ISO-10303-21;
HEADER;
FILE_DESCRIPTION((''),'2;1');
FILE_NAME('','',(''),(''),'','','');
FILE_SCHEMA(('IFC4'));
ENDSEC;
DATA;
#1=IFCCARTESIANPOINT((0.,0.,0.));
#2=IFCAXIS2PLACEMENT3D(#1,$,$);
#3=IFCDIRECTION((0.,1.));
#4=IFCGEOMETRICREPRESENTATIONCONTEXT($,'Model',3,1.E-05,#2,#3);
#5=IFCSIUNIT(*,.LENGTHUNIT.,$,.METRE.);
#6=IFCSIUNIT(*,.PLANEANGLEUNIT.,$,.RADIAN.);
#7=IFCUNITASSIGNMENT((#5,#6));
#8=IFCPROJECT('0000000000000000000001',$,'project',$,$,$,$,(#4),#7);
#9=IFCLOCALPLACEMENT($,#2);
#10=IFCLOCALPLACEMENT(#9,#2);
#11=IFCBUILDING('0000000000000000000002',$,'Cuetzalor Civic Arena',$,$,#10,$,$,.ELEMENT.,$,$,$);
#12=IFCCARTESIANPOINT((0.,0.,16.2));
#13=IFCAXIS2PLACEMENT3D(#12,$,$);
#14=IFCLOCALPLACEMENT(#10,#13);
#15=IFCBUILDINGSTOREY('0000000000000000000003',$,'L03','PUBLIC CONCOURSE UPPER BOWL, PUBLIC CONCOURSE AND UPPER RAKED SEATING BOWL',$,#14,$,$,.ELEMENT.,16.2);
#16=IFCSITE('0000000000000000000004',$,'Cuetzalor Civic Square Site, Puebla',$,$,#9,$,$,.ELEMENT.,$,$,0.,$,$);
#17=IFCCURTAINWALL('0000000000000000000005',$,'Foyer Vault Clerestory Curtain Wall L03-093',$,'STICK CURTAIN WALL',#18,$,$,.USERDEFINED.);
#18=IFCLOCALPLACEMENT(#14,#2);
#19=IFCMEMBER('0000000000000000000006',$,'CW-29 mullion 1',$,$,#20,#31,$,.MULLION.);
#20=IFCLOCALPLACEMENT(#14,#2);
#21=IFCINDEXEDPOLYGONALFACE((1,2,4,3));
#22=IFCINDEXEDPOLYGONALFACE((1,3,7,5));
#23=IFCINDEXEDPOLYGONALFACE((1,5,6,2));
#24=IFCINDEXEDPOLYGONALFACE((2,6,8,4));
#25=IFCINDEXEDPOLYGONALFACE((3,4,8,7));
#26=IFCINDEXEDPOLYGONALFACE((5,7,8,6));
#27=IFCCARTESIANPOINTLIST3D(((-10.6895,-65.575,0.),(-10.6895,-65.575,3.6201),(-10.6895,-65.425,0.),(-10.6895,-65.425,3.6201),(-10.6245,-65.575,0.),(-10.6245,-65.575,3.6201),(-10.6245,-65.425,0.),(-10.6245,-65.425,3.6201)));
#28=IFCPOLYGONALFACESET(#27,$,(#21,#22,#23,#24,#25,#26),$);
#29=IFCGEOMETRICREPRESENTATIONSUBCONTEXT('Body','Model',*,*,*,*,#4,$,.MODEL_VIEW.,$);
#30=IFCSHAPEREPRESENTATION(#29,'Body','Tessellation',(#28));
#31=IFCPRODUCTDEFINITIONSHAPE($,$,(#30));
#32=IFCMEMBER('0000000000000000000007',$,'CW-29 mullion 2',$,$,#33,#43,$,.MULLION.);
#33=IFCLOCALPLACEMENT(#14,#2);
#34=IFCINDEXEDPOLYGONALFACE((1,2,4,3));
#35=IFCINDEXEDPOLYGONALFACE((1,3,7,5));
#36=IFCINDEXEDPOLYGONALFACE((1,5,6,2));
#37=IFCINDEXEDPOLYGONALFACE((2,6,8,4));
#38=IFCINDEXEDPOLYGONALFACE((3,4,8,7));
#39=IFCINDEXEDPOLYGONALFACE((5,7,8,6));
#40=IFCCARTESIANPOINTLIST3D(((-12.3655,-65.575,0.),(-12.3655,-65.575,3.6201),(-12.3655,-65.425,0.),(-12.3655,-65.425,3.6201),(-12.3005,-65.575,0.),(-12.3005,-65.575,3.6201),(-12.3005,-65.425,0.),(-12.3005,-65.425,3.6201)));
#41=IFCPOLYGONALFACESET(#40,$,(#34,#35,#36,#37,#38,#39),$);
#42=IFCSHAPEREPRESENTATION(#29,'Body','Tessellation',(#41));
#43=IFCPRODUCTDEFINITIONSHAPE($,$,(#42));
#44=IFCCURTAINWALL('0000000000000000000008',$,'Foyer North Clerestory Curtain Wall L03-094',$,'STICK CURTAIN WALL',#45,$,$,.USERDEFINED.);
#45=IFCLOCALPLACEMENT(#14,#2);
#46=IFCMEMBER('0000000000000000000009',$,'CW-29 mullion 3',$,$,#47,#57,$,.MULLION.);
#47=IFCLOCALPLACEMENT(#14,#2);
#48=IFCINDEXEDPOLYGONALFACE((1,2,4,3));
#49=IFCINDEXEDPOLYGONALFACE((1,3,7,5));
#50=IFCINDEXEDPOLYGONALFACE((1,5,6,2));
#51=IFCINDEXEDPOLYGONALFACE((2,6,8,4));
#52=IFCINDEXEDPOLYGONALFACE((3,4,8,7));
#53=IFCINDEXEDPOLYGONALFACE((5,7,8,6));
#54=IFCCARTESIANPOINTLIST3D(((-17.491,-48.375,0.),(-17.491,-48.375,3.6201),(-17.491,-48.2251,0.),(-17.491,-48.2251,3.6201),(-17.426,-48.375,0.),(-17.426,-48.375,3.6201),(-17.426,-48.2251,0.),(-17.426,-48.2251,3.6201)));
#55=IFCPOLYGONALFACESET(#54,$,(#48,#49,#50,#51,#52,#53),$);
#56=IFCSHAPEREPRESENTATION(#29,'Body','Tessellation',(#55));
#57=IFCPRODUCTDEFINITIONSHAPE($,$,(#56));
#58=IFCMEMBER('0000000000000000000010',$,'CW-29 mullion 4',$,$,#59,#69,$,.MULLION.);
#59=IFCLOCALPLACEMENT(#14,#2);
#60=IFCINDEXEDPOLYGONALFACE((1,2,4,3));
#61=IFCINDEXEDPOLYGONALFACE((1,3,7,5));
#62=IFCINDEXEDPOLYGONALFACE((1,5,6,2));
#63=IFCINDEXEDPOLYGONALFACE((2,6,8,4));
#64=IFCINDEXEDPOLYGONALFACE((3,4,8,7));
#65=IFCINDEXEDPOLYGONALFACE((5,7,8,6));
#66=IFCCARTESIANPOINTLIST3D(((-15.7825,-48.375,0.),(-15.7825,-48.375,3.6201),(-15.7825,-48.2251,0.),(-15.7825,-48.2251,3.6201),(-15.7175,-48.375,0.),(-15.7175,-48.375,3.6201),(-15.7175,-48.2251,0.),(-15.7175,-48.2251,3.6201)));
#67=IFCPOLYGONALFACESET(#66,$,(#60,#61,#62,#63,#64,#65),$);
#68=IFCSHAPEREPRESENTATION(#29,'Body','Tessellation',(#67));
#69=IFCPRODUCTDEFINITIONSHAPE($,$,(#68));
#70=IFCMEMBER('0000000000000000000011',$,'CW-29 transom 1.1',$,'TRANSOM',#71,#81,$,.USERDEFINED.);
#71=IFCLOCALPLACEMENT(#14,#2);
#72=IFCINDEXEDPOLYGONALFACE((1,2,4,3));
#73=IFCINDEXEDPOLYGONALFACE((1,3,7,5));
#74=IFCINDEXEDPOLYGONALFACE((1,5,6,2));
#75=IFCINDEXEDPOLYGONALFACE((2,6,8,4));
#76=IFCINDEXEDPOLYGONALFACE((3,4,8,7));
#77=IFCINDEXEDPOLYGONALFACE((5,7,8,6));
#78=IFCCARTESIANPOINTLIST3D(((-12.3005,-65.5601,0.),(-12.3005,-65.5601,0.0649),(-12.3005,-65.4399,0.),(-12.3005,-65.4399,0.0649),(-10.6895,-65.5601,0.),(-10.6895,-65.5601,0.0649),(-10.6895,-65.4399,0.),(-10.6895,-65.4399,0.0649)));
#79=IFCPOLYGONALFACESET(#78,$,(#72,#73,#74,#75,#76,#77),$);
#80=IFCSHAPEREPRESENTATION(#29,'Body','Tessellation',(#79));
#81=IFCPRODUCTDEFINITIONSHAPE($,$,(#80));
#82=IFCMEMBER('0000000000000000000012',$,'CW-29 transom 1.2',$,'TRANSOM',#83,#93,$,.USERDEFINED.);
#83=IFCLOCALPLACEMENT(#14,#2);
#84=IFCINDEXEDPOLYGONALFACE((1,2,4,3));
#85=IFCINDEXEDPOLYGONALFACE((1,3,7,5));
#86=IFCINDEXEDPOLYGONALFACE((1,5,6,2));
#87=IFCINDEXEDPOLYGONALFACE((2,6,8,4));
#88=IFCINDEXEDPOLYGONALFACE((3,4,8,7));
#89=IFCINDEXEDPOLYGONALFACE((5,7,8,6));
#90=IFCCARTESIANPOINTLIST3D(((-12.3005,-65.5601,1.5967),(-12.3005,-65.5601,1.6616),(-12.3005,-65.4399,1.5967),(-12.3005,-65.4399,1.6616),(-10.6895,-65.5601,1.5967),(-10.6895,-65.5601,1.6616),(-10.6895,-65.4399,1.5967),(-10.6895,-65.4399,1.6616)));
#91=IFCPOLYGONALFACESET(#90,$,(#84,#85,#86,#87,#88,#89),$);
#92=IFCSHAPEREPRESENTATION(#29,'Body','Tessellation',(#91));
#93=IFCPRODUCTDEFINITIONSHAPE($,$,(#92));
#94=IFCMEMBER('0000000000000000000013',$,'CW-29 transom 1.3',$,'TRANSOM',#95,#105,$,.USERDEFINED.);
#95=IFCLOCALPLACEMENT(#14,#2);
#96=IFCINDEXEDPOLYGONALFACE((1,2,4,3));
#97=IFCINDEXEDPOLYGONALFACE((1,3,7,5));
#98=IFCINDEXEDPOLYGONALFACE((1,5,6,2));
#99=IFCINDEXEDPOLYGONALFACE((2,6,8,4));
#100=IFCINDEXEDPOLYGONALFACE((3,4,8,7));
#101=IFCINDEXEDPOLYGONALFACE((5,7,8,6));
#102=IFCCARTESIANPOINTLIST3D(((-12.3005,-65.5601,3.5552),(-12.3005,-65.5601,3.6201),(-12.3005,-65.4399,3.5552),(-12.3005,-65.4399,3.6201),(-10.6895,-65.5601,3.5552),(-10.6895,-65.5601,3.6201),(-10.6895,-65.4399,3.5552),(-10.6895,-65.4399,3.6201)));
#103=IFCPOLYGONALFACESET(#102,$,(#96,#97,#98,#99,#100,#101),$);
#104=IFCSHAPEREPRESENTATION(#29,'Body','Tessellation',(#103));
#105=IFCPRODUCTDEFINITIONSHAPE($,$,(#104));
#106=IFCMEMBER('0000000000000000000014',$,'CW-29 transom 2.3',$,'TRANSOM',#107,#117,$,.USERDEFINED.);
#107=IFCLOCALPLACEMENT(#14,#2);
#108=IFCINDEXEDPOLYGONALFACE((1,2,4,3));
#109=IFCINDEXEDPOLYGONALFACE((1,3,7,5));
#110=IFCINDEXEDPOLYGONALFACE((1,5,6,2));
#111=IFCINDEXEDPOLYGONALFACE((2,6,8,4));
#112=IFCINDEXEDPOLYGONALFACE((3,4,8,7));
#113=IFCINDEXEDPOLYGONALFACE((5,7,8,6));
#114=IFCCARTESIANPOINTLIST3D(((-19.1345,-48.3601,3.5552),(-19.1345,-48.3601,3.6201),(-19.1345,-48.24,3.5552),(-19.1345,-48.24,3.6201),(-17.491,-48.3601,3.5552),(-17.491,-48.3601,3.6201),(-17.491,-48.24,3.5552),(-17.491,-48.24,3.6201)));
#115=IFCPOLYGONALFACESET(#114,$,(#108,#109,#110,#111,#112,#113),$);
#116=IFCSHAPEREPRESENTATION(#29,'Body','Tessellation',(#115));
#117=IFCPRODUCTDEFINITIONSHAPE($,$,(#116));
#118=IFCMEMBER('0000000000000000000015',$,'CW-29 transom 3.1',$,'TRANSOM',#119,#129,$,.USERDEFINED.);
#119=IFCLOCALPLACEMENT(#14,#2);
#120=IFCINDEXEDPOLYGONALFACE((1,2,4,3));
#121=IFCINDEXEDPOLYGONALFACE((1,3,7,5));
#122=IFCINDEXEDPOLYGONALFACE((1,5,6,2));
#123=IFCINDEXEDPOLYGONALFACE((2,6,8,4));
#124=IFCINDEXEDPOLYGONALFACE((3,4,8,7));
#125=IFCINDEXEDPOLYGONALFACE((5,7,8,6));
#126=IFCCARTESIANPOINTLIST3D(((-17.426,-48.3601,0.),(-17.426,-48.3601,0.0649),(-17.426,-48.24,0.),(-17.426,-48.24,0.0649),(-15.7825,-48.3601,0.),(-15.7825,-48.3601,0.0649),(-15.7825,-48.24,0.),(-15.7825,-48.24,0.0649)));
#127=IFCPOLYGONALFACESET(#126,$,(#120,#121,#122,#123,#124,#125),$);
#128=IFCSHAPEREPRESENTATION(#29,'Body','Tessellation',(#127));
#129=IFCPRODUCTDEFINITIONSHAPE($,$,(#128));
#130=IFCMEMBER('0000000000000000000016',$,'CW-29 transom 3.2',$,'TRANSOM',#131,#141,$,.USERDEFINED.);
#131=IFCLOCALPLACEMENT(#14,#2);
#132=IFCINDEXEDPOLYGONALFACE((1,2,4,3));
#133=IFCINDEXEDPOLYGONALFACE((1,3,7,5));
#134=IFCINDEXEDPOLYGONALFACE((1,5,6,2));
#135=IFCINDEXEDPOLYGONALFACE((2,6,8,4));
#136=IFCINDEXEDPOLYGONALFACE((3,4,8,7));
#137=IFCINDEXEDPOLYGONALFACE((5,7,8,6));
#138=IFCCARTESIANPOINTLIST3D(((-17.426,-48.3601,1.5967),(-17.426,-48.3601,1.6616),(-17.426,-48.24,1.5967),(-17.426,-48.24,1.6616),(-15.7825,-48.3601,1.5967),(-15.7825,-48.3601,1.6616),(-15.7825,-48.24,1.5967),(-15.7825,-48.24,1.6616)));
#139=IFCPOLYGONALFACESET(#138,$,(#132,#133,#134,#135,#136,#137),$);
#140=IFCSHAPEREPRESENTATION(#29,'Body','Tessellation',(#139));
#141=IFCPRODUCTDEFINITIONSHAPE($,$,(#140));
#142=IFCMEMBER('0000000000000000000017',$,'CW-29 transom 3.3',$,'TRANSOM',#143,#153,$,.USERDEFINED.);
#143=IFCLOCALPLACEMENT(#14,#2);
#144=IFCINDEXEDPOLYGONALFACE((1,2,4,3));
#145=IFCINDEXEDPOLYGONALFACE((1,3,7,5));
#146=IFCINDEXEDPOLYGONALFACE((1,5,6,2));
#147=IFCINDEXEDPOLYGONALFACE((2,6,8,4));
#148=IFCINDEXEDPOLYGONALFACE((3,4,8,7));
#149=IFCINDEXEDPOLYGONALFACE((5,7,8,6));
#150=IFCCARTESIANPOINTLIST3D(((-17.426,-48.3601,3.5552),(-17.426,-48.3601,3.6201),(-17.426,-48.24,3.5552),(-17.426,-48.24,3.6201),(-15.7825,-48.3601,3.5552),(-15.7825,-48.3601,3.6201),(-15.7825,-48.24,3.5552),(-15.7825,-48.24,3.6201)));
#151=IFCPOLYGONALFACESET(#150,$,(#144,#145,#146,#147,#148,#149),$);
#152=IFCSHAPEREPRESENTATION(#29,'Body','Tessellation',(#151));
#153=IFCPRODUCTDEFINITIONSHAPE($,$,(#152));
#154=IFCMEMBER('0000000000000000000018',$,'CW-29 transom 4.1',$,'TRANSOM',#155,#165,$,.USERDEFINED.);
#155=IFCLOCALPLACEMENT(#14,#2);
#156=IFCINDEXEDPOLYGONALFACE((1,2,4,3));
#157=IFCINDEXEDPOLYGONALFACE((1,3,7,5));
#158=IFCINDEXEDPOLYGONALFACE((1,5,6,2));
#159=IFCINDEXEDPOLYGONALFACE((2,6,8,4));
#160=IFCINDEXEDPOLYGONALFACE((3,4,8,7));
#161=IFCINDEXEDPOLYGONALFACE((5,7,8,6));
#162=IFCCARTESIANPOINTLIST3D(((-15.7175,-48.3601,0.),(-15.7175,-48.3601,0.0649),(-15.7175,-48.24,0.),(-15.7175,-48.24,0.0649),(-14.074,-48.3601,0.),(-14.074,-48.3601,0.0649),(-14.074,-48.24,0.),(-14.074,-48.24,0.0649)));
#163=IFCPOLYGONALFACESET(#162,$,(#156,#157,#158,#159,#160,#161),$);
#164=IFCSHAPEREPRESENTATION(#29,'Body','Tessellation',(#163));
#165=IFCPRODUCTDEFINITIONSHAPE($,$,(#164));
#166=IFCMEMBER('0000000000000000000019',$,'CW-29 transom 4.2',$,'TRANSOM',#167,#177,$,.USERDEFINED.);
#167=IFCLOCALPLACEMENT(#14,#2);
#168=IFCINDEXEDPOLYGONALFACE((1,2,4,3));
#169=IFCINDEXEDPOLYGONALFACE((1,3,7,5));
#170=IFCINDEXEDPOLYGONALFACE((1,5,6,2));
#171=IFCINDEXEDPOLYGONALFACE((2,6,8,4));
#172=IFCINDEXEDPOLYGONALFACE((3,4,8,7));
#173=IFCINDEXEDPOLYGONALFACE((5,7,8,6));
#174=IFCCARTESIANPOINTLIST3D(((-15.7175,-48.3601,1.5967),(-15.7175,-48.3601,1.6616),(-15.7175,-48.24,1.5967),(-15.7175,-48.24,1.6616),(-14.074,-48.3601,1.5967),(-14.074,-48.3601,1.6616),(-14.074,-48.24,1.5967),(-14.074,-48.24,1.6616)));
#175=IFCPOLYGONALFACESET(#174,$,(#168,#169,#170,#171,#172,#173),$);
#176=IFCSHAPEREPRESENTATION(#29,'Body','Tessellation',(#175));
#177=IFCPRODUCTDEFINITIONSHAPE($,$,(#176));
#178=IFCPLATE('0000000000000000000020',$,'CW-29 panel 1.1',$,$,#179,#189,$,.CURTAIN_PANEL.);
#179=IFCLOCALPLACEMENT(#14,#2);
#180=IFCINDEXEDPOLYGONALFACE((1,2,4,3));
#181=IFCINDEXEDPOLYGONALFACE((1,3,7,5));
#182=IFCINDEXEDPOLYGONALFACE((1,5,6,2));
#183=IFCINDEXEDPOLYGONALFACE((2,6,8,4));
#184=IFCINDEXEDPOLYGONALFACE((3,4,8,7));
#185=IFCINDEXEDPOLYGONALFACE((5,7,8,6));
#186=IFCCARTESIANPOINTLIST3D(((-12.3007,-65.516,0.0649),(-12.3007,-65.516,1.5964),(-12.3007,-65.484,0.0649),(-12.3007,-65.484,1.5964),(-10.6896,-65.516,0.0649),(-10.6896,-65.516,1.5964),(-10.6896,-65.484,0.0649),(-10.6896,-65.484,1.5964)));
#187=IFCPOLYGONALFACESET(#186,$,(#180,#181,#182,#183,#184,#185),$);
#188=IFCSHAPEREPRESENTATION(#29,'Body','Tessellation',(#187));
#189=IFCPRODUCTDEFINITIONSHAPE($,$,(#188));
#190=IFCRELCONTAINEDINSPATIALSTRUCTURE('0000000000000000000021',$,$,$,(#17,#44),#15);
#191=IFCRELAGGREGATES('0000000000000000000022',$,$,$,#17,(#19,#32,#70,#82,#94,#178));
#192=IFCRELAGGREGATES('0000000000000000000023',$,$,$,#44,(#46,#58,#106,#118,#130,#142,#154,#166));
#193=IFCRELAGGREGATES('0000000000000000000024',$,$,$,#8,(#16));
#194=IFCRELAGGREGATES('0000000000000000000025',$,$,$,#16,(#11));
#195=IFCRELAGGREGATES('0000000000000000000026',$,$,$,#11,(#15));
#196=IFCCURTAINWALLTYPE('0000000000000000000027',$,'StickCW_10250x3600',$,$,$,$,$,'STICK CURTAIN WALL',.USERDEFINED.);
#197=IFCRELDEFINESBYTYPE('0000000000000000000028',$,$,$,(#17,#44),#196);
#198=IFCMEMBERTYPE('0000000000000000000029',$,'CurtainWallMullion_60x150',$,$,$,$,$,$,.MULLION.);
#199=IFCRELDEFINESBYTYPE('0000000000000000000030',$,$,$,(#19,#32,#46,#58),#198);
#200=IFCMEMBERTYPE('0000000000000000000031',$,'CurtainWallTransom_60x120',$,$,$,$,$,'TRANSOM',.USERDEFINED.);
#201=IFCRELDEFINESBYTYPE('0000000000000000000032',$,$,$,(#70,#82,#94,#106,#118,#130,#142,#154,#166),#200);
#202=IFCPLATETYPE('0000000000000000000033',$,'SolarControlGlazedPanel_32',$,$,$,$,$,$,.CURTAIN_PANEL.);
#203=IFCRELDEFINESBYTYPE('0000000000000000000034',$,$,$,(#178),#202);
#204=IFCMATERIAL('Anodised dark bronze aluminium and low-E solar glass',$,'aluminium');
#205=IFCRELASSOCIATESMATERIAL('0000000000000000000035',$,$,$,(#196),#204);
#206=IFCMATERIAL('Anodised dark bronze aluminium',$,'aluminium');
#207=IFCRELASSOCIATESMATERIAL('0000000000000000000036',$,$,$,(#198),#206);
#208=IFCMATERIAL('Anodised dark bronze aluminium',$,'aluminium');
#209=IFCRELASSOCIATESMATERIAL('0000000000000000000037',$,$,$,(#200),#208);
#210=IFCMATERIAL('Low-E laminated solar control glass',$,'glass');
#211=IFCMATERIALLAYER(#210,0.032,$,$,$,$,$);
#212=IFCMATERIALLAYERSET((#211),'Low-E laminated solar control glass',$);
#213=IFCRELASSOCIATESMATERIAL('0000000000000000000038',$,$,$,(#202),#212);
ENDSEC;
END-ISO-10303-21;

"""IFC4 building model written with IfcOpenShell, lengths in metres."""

from ifc_helpers import new_model, si_unit, direction, frame, origin, origin_2d, place, context, subcontext, project, spatial, rectangle, extrude, material, layer, layer_set, material_profile, profile_set, type_object, element, aggregate, save


model = new_model("IFC4")

# Units and contexts
model_context = context("Model", 3, precision=1e-05, world=origin(), true_north=direction((0.0, 1.0)))
body_context = subcontext(model_context, "Body", "Model", "MODEL_VIEW")
ifc_project = project(units=[si_unit("LENGTHUNIT", "METRE"), si_unit("PLANEANGLEUNIT", "RADIAN")], contexts=[model_context])

# Site, building, storey
site_placement = place(None, origin())
site = spatial("IfcSite", under=ifc_project, at=site_placement, Name="Cuetzalor Civic Square Site, Puebla", CompositionType="ELEMENT", RefElevation=0.0)
building_placement = place(site_placement, origin())
building = spatial("IfcBuilding", under=site, at=building_placement, Name="Cuetzalor Civic Arena", CompositionType="ELEMENT")
storey_placement = place(building_placement, frame((0.0, 0.0, 16.2)))
storey = spatial("IfcBuildingStorey", under=building, at=storey_placement, Name="L03", Description="PUBLIC CONCOURSE UPPER BOWL, PUBLIC CONCOURSE AND UPPER RAKED SEATING BOWL", CompositionType="ELEMENT", Elevation=16.2)

# Curtain walls, members
ifc_material_1 = material(Name="Anodised dark bronze aluminium and low-E solar glass", Category="aluminium")
curtain_wall_type = type_object("IfcCurtainWallType", Name="StickCW_10250x3600", ElementType="STICK CURTAIN WALL", PredefinedType="USERDEFINED", material=ifc_material_1)
curtain_wall_1_placement = place(storey_placement, origin())
curtain_wall_1 = element("IfcCurtainWall", 1, at=curtain_wall_1_placement, inside=storey, type_object=curtain_wall_type, Name="Foyer Vault Clerestory Curtain Wall L03-093", ObjectType="STICK CURTAIN WALL", PredefinedType="USERDEFINED")
ifc_material_2 = material(Name="Anodised dark bronze aluminium", Category="aluminium")
ifc_material_profile_1 = material_profile(ifc_material_2, rectangle(XDim=0.0649, YDim=0.1499, at=origin_2d()), Name="ALU MULLION 65x150")
ifc_profile_set_1 = profile_set([ifc_material_profile_1], Name="Anodised dark bronze aluminium")
member_type_1 = type_object("IfcMemberType", Name="CurtainWallMullion_60x150", PredefinedType="MULLION", material=ifc_profile_set_1)
member_1_placement = place(storey_placement, frame((-10.657, -65.5, 0.0), z_axis=(0.0, 0.0, 1.0), x_axis=(-1.0, 0.0, 0.0)))
member_1 = element("IfcMember", 2, at=member_1_placement, type_object=member_type_1, Name="CW-29 mullion 1", PredefinedType="MULLION", context=body_context, shape_type="SweptSolid", body=[
    extrude(rectangle(XDim=0.0649, YDim=0.1499, at=origin_2d()), origin(), (0.0, 0.0, 1.0), 3.6201),
])
member_2_placement = place(storey_placement, frame((-12.333, -65.5, 0.0), z_axis=(0.0, 0.0, 1.0), x_axis=(-1.0, 0.0, 0.0)))
member_2 = element("IfcMember", 3, at=member_2_placement, type_object=member_type_1, Name="CW-29 mullion 2", PredefinedType="MULLION", context=body_context, shape_type="SweptSolid", body=[
    extrude(rectangle(XDim=0.0649, YDim=0.1499, at=origin_2d()), origin(), (0.0, 0.0, 1.0), 3.6201),
])
curtain_wall_2_placement = place(storey_placement, origin())
curtain_wall_2 = element("IfcCurtainWall", 4, at=curtain_wall_2_placement, inside=storey, type_object=curtain_wall_type, Name="Foyer North Clerestory Curtain Wall L03-094", ObjectType="STICK CURTAIN WALL", PredefinedType="USERDEFINED")
member_3_placement = place(storey_placement, frame((-17.4585, -48.3, 0.0), z_axis=(0.0, 0.0, 1.0), x_axis=(1.0, 0.0, 0.0)))
member_3 = element("IfcMember", 5, at=member_3_placement, type_object=member_type_1, Name="CW-29 mullion 3", PredefinedType="MULLION", context=body_context, shape_type="SweptSolid", body=[
    extrude(rectangle(XDim=0.0649, YDim=0.1499, at=origin_2d()), origin(), (0.0, 0.0, 1.0), 3.6201),
])
member_4_placement = place(storey_placement, frame((-15.75, -48.3, 0.0), z_axis=(0.0, 0.0, 1.0), x_axis=(1.0, 0.0, 0.0)))
member_4 = element("IfcMember", 6, at=member_4_placement, type_object=member_type_1, Name="CW-29 mullion 4", PredefinedType="MULLION", context=body_context, shape_type="SweptSolid", body=[
    extrude(rectangle(XDim=0.0649, YDim=0.1499, at=origin_2d()), origin(), (0.0, 0.0, 1.0), 3.6201),
])

# Members
ifc_material_3 = material(Name="Anodised dark bronze aluminium", Category="aluminium")
ifc_material_profile_2 = material_profile(ifc_material_3, rectangle(XDim=0.1201, YDim=0.0649, at=origin_2d()), Name="ALU TRANSOM 65x120")
ifc_profile_set_2 = profile_set([ifc_material_profile_2], Name="Anodised dark bronze aluminium")
member_type_2 = type_object("IfcMemberType", Name="CurtainWallTransom_60x120", ElementType="TRANSOM", PredefinedType="USERDEFINED", material=ifc_profile_set_2)
member_5_placement = place(storey_placement, frame((-10.6895, -65.5, 0.0325), z_axis=(-1.0, 0.0, 0.0), x_axis=(0.0, -1.0, 0.0)))
member_5 = element("IfcMember", 7, at=member_5_placement, type_object=member_type_2, Name="CW-29 transom 1.1", ObjectType="TRANSOM", PredefinedType="USERDEFINED", context=body_context, shape_type="SweptSolid", body=[
    extrude(rectangle(XDim=0.1201, YDim=0.0649, at=origin_2d()), origin(), (0.0, 0.0, 1.0), 1.6111),
])
member_6_placement = place(storey_placement, frame((-10.6895, -65.5, 1.6292), z_axis=(-1.0, 0.0, 0.0), x_axis=(0.0, -1.0, 0.0)))
member_6 = element("IfcMember", 8, at=member_6_placement, type_object=member_type_2, Name="CW-29 transom 1.2", ObjectType="TRANSOM", PredefinedType="USERDEFINED", context=body_context, shape_type="SweptSolid", body=[
    extrude(rectangle(XDim=0.1201, YDim=0.0649, at=origin_2d()), origin(), (0.0, 0.0, 1.0), 1.6111),
])
member_7_placement = place(storey_placement, frame((-10.6895, -65.5, 3.5876), z_axis=(-1.0, 0.0, 0.0), x_axis=(0.0, -1.0, 0.0)))
member_7 = element("IfcMember", 9, at=member_7_placement, type_object=member_type_2, Name="CW-29 transom 1.3", ObjectType="TRANSOM", PredefinedType="USERDEFINED", context=body_context, shape_type="SweptSolid", body=[
    extrude(rectangle(XDim=0.1201, YDim=0.0649, at=origin_2d()), origin(), (0.0, 0.0, 1.0), 1.6111),
])
member_8_placement = place(storey_placement, frame((-19.1345, -48.3, 3.5876), z_axis=(1.0, 0.0, 0.0), x_axis=(0.0, 1.0, 0.0)))
member_8 = element("IfcMember", 10, at=member_8_placement, type_object=member_type_2, Name="CW-29 transom 2.3", ObjectType="TRANSOM", PredefinedType="USERDEFINED", context=body_context, shape_type="SweptSolid", body=[
    extrude(rectangle(XDim=0.1201, YDim=0.0649, at=origin_2d()), origin(), (0.0, 0.0, 1.0), 1.6436),
])
member_9_placement = place(storey_placement, frame((-17.426, -48.3, 0.0325), z_axis=(1.0, 0.0, 0.0), x_axis=(0.0, 1.0, 0.0)))
member_9 = element("IfcMember", 11, at=member_9_placement, type_object=member_type_2, Name="CW-29 transom 3.1", ObjectType="TRANSOM", PredefinedType="USERDEFINED", context=body_context, shape_type="SweptSolid", body=[
    extrude(rectangle(XDim=0.1201, YDim=0.0649, at=origin_2d()), origin(), (0.0, 0.0, 1.0), 1.6436),
])
member_10_placement = place(storey_placement, frame((-17.426, -48.3, 1.6292), z_axis=(1.0, 0.0, 0.0), x_axis=(0.0, 1.0, 0.0)))
member_10 = element("IfcMember", 12, at=member_10_placement, type_object=member_type_2, Name="CW-29 transom 3.2", ObjectType="TRANSOM", PredefinedType="USERDEFINED", context=body_context, shape_type="SweptSolid", body=[
    extrude(rectangle(XDim=0.1201, YDim=0.0649, at=origin_2d()), origin(), (0.0, 0.0, 1.0), 1.6436),
])
member_11_placement = place(storey_placement, frame((-17.426, -48.3, 3.5876), z_axis=(1.0, 0.0, 0.0), x_axis=(0.0, 1.0, 0.0)))
member_11 = element("IfcMember", 13, at=member_11_placement, type_object=member_type_2, Name="CW-29 transom 3.3", ObjectType="TRANSOM", PredefinedType="USERDEFINED", context=body_context, shape_type="SweptSolid", body=[
    extrude(rectangle(XDim=0.1201, YDim=0.0649, at=origin_2d()), origin(), (0.0, 0.0, 1.0), 1.6436),
])
member_12_placement = place(storey_placement, frame((-15.7175, -48.3, 0.0325), z_axis=(1.0, 0.0, 0.0), x_axis=(0.0, 1.0, 0.0)))
member_12 = element("IfcMember", 14, at=member_12_placement, type_object=member_type_2, Name="CW-29 transom 4.1", ObjectType="TRANSOM", PredefinedType="USERDEFINED", context=body_context, shape_type="SweptSolid", body=[
    extrude(rectangle(XDim=0.1201, YDim=0.0649, at=origin_2d()), origin(), (0.0, 0.0, 1.0), 1.6436),
])
member_13_placement = place(storey_placement, frame((-15.7175, -48.3, 1.6292), z_axis=(1.0, 0.0, 0.0), x_axis=(0.0, 1.0, 0.0)))
member_13 = element("IfcMember", 15, at=member_13_placement, type_object=member_type_2, Name="CW-29 transom 4.2", ObjectType="TRANSOM", PredefinedType="USERDEFINED", context=body_context, shape_type="SweptSolid", body=[
    extrude(rectangle(XDim=0.1201, YDim=0.0649, at=origin_2d()), origin(), (0.0, 0.0, 1.0), 1.6436),
])

# Plate
ifc_material_4 = material(Name="Low-E laminated solar control glass", Category="glass")
ifc_layer_1 = layer(ifc_material_4, 0.032)
ifc_layer_set_1 = layer_set([ifc_layer_1], Name="Low-E laminated solar control glass")
plate_type = type_object("IfcPlateType", Name="SolarControlGlazedPanel_32", PredefinedType="CURTAIN_PANEL", material=ifc_layer_set_1)
plate_1_placement = place(storey_placement, frame((-11.4951, -65.5, 0.0649), z_axis=(0.0, 0.0, 1.0), x_axis=(-1.0, 0.0, 0.0)))
plate_1 = element("IfcPlate", 16, at=plate_1_placement, type_object=plate_type, Name="CW-29 panel 1.1", PredefinedType="CURTAIN_PANEL", context=body_context, shape_type="SweptSolid", body=[
    extrude(rectangle(XDim=1.6111, YDim=0.032, at=origin_2d()), origin(), (0.0, 0.0, 1.0), 1.5315),
])
aggregate(curtain_wall_1, [member_1, member_2, member_5, member_6, member_7, plate_1])
aggregate(curtain_wall_2, [member_3, member_4, member_8, member_9, member_10, member_11, member_12, member_13])

save(model, "model.ifc")
